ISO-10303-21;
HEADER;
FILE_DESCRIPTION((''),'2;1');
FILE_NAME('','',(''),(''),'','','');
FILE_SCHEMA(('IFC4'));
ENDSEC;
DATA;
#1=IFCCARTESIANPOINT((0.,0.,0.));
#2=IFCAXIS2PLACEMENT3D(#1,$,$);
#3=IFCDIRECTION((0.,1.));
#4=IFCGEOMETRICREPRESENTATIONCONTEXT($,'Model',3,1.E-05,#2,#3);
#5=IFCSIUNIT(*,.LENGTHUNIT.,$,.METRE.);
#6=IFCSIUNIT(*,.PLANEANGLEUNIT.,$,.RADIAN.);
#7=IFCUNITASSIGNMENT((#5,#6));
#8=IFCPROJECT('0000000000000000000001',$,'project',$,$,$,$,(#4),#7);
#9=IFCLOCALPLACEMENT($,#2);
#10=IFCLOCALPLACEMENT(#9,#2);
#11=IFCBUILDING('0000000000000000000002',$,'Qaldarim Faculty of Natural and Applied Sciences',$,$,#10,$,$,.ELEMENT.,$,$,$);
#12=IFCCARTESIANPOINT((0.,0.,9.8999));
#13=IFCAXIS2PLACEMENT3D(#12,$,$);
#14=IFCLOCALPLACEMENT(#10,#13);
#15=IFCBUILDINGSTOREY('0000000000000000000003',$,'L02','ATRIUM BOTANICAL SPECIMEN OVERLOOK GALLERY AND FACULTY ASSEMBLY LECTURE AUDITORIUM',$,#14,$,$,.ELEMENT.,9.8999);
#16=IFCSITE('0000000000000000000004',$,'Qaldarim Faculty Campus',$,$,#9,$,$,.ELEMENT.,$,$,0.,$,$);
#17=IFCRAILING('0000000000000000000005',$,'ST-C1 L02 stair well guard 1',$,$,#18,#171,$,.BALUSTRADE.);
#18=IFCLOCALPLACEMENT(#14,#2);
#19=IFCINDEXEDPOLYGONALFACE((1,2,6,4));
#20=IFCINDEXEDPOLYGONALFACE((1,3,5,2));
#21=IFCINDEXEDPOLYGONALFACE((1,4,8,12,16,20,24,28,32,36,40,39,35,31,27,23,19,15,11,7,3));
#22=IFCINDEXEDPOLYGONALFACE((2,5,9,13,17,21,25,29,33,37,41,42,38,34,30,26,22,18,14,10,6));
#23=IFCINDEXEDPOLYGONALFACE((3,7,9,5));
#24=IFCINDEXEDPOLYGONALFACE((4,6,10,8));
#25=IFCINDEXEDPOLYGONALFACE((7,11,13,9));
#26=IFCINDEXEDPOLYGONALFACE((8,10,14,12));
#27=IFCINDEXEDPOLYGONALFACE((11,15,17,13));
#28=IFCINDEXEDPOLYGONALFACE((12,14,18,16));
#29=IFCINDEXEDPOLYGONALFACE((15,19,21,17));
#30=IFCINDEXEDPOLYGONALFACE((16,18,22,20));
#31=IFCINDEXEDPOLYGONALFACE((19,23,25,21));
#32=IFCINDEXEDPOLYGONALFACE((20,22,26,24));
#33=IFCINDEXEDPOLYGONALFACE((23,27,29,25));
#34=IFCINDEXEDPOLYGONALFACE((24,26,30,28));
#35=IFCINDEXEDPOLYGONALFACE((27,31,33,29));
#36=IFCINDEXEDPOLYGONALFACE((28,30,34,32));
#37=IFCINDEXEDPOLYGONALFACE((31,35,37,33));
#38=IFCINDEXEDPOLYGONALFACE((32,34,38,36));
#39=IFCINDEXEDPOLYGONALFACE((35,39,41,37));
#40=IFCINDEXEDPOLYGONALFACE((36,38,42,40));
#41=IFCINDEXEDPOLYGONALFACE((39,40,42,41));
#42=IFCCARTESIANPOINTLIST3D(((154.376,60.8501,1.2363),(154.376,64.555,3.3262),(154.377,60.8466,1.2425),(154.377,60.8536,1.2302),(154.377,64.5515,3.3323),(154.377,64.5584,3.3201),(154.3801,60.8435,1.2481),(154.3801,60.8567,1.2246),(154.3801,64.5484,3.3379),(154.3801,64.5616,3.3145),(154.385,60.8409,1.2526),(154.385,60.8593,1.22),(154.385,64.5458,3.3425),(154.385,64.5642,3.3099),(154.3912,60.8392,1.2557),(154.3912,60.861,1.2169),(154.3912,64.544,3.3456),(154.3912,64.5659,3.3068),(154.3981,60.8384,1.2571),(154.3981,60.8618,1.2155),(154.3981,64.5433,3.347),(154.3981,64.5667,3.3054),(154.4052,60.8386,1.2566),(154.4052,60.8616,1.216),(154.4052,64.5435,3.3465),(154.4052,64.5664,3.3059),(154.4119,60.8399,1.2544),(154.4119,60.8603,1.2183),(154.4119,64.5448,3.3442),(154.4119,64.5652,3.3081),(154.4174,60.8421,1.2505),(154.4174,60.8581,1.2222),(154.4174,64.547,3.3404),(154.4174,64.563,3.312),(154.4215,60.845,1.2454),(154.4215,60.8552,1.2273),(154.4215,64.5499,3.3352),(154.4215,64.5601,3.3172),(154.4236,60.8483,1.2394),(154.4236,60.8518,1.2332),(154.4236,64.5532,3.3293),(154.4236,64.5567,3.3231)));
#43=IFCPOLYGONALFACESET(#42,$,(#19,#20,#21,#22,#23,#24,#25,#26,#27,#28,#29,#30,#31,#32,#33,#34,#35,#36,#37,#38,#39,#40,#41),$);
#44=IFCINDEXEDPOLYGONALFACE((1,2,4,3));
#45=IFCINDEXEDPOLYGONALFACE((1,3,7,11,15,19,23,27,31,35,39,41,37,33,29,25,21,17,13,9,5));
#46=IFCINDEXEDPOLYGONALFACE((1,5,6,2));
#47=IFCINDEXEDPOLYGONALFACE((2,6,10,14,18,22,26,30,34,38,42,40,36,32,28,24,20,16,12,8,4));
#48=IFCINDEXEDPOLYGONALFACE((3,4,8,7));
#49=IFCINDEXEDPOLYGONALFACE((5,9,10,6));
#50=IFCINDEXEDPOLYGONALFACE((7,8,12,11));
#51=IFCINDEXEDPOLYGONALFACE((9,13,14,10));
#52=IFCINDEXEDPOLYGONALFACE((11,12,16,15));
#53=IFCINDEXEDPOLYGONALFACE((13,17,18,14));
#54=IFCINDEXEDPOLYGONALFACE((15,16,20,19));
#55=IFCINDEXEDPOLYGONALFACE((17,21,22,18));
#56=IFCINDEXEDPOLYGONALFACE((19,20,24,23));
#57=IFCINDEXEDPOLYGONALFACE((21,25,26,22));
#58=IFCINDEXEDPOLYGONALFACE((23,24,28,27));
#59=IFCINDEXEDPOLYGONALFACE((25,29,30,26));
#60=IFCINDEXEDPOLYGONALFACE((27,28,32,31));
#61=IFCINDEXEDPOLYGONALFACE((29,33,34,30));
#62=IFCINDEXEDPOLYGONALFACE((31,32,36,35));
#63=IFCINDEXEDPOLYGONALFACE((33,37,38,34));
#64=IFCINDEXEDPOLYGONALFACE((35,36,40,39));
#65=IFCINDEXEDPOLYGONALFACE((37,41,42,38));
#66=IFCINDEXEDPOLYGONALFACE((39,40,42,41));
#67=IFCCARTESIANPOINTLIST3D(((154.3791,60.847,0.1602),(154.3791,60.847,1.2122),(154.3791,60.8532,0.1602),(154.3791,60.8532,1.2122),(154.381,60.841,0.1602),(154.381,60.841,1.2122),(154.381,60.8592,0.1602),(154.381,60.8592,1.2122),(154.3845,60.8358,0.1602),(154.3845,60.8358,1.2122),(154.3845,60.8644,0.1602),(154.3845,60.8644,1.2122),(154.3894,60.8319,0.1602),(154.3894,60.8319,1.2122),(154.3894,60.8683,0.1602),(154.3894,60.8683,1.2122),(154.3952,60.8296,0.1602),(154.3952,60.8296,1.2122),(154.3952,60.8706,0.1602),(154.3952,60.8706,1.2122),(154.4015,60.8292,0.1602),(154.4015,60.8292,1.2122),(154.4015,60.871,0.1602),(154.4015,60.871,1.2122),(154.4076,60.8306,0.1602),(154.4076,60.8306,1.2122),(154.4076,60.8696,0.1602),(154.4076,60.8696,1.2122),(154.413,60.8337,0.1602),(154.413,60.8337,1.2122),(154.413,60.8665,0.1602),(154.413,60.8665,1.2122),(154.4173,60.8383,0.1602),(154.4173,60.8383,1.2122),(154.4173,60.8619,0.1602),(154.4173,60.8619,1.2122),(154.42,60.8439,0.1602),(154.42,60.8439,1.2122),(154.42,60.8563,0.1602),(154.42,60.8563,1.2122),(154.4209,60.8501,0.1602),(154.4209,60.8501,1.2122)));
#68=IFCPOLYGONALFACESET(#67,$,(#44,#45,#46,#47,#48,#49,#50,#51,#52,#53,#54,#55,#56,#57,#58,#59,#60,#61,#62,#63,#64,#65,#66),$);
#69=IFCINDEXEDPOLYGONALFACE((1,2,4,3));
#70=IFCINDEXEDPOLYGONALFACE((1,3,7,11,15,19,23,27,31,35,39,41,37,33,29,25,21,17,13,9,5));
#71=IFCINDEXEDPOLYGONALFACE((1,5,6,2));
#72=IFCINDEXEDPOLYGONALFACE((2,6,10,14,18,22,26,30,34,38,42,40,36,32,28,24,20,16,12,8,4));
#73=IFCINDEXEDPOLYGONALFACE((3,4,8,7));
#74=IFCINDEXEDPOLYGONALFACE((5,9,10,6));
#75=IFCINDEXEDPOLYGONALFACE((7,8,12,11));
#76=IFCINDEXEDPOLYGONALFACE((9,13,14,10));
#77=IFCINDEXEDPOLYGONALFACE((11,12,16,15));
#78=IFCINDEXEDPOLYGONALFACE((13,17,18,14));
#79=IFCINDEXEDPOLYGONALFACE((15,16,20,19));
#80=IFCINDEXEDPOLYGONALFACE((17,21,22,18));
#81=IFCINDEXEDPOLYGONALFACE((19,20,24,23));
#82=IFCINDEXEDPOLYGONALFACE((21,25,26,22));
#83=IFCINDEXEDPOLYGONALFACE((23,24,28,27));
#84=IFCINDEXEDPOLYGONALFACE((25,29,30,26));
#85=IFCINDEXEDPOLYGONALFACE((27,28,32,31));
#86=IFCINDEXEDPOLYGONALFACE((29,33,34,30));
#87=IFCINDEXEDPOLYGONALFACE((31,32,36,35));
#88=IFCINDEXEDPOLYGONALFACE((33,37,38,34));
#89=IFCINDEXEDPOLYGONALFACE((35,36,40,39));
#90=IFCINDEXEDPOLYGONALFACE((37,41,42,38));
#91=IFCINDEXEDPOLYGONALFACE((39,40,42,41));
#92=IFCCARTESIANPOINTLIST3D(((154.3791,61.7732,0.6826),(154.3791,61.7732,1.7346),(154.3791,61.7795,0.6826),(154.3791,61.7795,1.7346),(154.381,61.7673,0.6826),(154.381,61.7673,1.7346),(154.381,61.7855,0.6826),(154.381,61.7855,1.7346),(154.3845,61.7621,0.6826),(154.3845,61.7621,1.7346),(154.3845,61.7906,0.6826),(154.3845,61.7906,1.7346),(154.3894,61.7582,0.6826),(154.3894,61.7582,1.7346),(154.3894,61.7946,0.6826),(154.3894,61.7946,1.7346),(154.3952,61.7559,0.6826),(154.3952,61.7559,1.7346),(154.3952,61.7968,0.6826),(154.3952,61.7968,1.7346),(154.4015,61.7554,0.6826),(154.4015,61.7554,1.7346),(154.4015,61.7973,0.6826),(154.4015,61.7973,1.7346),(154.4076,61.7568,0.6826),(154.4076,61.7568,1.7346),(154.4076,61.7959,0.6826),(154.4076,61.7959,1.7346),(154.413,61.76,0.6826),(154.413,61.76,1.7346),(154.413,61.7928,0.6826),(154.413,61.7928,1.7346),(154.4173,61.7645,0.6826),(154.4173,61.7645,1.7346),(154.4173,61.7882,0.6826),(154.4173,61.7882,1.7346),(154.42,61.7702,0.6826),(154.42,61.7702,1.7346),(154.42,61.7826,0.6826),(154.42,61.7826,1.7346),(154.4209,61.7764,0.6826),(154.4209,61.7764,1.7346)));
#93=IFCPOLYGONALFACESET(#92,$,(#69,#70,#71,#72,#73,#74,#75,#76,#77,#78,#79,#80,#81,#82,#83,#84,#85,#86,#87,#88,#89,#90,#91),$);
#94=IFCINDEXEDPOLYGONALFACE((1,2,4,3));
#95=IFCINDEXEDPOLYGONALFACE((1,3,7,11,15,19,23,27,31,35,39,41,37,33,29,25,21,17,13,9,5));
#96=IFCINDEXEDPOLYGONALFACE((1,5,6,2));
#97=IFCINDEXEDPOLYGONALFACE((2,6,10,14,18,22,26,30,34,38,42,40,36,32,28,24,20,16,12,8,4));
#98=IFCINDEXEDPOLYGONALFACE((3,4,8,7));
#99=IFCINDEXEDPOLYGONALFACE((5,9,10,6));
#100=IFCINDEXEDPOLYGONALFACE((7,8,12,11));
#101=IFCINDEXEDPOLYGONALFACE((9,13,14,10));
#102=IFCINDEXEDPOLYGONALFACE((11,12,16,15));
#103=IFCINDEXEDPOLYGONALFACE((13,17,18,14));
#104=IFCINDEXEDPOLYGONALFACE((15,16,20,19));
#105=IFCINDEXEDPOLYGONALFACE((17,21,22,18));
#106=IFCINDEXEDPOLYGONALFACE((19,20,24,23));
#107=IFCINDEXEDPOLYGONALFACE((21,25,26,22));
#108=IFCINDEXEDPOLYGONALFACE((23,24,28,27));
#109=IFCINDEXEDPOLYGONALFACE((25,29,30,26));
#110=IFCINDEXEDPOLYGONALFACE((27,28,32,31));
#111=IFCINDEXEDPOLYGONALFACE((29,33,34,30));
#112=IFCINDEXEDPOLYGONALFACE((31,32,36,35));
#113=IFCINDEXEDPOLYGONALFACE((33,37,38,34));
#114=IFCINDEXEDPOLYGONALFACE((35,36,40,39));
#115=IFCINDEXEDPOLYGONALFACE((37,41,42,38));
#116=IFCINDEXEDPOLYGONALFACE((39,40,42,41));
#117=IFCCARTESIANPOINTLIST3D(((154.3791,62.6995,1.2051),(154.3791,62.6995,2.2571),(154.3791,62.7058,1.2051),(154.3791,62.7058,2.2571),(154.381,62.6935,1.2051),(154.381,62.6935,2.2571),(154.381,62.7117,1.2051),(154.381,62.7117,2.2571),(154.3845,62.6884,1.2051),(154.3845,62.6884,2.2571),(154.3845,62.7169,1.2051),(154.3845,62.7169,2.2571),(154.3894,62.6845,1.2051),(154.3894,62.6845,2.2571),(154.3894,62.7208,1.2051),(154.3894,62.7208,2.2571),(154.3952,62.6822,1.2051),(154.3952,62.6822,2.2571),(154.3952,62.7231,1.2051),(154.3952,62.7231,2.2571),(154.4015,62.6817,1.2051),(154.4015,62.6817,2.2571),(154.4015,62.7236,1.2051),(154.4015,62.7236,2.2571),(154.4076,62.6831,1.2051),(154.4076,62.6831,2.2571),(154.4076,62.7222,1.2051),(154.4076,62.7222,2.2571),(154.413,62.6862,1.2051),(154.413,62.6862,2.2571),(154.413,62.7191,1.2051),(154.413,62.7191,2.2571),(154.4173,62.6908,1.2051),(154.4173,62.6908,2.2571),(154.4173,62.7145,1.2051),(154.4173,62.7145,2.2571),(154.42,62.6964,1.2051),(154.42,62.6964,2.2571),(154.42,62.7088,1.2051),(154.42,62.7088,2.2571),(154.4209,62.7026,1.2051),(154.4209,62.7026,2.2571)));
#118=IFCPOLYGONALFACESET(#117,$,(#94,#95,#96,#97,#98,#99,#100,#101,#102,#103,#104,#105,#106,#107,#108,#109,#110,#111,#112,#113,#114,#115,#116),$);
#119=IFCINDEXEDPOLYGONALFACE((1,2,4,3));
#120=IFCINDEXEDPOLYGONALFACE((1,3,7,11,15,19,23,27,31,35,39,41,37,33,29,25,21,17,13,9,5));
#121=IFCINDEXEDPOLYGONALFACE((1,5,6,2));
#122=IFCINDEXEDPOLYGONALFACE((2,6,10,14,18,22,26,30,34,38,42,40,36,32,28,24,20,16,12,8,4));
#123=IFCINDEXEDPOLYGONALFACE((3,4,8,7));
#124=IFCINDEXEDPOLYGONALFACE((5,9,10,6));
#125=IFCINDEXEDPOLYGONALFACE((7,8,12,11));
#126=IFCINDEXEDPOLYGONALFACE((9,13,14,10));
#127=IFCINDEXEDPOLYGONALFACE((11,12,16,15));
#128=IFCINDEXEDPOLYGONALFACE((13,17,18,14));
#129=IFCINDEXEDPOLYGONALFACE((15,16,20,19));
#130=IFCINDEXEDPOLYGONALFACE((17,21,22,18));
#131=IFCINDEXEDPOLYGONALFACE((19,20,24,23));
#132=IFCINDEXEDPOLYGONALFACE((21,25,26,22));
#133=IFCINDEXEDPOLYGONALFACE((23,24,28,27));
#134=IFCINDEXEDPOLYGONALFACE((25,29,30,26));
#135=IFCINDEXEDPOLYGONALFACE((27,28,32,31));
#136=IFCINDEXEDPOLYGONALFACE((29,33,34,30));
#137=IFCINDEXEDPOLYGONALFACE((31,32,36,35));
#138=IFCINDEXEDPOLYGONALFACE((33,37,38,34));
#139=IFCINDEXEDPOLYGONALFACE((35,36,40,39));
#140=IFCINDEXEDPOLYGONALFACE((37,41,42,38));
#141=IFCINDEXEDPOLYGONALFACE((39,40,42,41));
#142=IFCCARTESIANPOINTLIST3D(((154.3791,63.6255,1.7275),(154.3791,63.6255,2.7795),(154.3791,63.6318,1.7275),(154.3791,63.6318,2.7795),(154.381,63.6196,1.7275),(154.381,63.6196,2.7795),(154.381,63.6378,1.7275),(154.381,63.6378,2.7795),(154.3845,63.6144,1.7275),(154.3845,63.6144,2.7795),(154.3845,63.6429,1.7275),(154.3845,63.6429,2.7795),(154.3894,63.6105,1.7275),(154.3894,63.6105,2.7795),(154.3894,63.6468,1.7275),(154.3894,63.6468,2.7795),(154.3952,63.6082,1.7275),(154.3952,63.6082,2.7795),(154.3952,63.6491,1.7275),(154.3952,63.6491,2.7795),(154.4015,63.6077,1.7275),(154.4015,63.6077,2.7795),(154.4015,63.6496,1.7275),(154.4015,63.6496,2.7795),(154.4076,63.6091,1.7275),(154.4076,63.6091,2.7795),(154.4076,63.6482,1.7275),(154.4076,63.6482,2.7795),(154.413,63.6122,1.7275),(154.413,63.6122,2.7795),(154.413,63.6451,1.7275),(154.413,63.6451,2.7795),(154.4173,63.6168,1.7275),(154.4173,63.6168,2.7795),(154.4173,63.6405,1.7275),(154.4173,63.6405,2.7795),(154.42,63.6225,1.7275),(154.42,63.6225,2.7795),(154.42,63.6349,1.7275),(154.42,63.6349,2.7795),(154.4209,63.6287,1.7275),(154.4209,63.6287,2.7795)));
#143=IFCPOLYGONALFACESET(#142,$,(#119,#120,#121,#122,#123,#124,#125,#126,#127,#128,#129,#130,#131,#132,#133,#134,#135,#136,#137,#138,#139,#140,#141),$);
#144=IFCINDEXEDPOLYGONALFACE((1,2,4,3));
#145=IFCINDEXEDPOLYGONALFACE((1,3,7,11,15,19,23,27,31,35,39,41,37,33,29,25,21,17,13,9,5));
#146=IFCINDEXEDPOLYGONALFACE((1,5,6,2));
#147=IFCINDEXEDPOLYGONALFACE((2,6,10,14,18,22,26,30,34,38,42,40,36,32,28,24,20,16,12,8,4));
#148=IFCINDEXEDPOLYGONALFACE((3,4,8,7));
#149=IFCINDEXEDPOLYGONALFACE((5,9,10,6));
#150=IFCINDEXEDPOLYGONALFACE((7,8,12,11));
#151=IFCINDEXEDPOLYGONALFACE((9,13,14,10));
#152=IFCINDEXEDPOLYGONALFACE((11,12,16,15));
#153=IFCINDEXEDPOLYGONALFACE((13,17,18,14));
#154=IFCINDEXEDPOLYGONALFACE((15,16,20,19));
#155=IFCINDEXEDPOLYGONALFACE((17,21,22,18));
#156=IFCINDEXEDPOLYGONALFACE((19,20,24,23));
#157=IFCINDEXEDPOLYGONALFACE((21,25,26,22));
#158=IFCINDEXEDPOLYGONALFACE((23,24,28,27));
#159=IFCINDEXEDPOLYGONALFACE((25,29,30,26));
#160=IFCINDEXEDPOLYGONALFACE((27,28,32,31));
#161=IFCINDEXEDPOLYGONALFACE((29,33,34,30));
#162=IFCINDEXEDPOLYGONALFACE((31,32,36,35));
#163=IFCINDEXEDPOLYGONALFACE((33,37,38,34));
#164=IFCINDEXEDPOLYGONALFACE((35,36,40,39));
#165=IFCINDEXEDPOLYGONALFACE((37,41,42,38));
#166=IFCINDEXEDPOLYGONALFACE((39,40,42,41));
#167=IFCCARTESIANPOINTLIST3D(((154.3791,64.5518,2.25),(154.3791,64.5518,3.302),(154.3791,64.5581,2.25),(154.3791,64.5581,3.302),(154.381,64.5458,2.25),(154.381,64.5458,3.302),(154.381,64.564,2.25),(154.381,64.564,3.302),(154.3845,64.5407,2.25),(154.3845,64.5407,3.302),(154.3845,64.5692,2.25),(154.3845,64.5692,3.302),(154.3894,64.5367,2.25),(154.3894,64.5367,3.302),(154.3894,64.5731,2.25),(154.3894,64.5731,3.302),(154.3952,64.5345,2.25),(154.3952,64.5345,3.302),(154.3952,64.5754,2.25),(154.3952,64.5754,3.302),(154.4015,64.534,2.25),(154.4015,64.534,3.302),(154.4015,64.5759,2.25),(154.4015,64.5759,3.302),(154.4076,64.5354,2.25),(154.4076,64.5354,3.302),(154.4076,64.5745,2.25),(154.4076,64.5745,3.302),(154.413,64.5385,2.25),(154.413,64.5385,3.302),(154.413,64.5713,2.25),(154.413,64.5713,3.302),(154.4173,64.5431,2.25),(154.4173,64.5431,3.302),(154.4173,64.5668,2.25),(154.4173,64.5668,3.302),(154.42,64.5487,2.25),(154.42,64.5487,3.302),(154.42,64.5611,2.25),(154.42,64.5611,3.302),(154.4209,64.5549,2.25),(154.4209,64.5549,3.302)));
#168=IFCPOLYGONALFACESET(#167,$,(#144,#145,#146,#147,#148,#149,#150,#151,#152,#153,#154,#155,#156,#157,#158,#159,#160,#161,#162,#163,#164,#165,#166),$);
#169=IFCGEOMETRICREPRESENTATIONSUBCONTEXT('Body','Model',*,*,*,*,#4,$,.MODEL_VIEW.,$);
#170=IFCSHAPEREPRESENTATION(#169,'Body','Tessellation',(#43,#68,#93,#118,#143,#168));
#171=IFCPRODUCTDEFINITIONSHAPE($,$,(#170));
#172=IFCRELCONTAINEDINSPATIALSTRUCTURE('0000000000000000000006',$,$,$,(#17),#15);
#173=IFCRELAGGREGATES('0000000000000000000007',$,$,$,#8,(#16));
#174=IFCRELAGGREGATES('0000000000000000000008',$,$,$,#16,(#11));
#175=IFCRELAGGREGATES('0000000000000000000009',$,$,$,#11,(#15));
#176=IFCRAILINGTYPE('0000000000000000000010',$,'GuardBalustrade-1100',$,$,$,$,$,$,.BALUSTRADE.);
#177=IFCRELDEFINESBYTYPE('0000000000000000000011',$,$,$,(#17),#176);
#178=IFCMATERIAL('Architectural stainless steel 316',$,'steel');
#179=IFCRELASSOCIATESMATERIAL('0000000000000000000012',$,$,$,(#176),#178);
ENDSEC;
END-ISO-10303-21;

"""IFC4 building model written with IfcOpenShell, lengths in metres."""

from ifc_helpers import new_model, si_unit, direction, frame, origin, origin_2d, place, context, subcontext, project, spatial, circle, extrude, material, type_object, element, save


model = new_model("IFC4")

# Units and contexts
model_context = context("Model", 3, precision=1e-05, world=origin(), true_north=direction((0.0, 1.0)))
body_context = subcontext(model_context, "Body", "Model", "MODEL_VIEW")
ifc_project = project(units=[si_unit("LENGTHUNIT", "METRE"), si_unit("PLANEANGLEUNIT", "RADIAN")], contexts=[model_context])

# Site, building, storey
site_placement = place(None, origin())
site = spatial("IfcSite", under=ifc_project, at=site_placement, Name="Qaldarim Faculty Campus", CompositionType="ELEMENT", RefElevation=0.0)
building_placement = place(site_placement, origin())
building = spatial("IfcBuilding", under=site, at=building_placement, Name="Qaldarim Faculty of Natural and Applied Sciences", CompositionType="ELEMENT")
storey_placement = place(building_placement, frame((0.0, 0.0, 9.8999)))
storey = spatial("IfcBuildingStorey", under=building, at=storey_placement, Name="L02", Description="ATRIUM BOTANICAL SPECIMEN OVERLOOK GALLERY AND FACULTY ASSEMBLY LECTURE AUDITORIUM", CompositionType="ELEMENT", Elevation=9.8999)

# Shared definitions
ifc_material_1 = material(Name="Architectural stainless steel 316", Category="steel")

# Railing
railing_type_1 = type_object("IfcRailingType", Name="GuardBalustrade-1100", PredefinedType="BALUSTRADE", material=ifc_material_1)
railing_1_placement = place(storey_placement, frame((154.3999, 60.8501, 0.1602)))
element("IfcRailing", 1, at=railing_1_placement, inside=storey, type_object=railing_type_1, Name="ST-C1 L02 stair well guard 1", PredefinedType="BALUSTRADE", context=body_context, shape_type="SweptSolid", body=[
    extrude(circle(Radius=0.0239, at=origin_2d()), frame((0.0, 0.0, 1.0762), z_axis=(0.0, 0.870985, 0.49131), x_axis=(-1.0, 0.0, 0.0)), (0.0, 0.0, 1.0), 4.2537),
    extrude(circle(Radius=0.021, at=origin_2d()), origin(), (0.0, 0.0, 1.0), 1.052),
    extrude(circle(Radius=0.021, at=origin_2d()), frame((0.0, 0.9263, 0.5225)), (0.0, 0.0, 1.0), 1.052),
    extrude(circle(Radius=0.021, at=origin_2d()), frame((0.0, 1.8525, 1.0449)), (0.0, 0.0, 1.0), 1.052),
    extrude(circle(Radius=0.021, at=origin_2d()), frame((0.0, 2.7786, 1.5674)), (0.0, 0.0, 1.0), 1.052),
    extrude(circle(Radius=0.021, at=origin_2d()), frame((0.0, 3.7048, 2.0898)), (0.0, 0.0, 1.0), 1.052),
])

save(model, "model.ifc")
